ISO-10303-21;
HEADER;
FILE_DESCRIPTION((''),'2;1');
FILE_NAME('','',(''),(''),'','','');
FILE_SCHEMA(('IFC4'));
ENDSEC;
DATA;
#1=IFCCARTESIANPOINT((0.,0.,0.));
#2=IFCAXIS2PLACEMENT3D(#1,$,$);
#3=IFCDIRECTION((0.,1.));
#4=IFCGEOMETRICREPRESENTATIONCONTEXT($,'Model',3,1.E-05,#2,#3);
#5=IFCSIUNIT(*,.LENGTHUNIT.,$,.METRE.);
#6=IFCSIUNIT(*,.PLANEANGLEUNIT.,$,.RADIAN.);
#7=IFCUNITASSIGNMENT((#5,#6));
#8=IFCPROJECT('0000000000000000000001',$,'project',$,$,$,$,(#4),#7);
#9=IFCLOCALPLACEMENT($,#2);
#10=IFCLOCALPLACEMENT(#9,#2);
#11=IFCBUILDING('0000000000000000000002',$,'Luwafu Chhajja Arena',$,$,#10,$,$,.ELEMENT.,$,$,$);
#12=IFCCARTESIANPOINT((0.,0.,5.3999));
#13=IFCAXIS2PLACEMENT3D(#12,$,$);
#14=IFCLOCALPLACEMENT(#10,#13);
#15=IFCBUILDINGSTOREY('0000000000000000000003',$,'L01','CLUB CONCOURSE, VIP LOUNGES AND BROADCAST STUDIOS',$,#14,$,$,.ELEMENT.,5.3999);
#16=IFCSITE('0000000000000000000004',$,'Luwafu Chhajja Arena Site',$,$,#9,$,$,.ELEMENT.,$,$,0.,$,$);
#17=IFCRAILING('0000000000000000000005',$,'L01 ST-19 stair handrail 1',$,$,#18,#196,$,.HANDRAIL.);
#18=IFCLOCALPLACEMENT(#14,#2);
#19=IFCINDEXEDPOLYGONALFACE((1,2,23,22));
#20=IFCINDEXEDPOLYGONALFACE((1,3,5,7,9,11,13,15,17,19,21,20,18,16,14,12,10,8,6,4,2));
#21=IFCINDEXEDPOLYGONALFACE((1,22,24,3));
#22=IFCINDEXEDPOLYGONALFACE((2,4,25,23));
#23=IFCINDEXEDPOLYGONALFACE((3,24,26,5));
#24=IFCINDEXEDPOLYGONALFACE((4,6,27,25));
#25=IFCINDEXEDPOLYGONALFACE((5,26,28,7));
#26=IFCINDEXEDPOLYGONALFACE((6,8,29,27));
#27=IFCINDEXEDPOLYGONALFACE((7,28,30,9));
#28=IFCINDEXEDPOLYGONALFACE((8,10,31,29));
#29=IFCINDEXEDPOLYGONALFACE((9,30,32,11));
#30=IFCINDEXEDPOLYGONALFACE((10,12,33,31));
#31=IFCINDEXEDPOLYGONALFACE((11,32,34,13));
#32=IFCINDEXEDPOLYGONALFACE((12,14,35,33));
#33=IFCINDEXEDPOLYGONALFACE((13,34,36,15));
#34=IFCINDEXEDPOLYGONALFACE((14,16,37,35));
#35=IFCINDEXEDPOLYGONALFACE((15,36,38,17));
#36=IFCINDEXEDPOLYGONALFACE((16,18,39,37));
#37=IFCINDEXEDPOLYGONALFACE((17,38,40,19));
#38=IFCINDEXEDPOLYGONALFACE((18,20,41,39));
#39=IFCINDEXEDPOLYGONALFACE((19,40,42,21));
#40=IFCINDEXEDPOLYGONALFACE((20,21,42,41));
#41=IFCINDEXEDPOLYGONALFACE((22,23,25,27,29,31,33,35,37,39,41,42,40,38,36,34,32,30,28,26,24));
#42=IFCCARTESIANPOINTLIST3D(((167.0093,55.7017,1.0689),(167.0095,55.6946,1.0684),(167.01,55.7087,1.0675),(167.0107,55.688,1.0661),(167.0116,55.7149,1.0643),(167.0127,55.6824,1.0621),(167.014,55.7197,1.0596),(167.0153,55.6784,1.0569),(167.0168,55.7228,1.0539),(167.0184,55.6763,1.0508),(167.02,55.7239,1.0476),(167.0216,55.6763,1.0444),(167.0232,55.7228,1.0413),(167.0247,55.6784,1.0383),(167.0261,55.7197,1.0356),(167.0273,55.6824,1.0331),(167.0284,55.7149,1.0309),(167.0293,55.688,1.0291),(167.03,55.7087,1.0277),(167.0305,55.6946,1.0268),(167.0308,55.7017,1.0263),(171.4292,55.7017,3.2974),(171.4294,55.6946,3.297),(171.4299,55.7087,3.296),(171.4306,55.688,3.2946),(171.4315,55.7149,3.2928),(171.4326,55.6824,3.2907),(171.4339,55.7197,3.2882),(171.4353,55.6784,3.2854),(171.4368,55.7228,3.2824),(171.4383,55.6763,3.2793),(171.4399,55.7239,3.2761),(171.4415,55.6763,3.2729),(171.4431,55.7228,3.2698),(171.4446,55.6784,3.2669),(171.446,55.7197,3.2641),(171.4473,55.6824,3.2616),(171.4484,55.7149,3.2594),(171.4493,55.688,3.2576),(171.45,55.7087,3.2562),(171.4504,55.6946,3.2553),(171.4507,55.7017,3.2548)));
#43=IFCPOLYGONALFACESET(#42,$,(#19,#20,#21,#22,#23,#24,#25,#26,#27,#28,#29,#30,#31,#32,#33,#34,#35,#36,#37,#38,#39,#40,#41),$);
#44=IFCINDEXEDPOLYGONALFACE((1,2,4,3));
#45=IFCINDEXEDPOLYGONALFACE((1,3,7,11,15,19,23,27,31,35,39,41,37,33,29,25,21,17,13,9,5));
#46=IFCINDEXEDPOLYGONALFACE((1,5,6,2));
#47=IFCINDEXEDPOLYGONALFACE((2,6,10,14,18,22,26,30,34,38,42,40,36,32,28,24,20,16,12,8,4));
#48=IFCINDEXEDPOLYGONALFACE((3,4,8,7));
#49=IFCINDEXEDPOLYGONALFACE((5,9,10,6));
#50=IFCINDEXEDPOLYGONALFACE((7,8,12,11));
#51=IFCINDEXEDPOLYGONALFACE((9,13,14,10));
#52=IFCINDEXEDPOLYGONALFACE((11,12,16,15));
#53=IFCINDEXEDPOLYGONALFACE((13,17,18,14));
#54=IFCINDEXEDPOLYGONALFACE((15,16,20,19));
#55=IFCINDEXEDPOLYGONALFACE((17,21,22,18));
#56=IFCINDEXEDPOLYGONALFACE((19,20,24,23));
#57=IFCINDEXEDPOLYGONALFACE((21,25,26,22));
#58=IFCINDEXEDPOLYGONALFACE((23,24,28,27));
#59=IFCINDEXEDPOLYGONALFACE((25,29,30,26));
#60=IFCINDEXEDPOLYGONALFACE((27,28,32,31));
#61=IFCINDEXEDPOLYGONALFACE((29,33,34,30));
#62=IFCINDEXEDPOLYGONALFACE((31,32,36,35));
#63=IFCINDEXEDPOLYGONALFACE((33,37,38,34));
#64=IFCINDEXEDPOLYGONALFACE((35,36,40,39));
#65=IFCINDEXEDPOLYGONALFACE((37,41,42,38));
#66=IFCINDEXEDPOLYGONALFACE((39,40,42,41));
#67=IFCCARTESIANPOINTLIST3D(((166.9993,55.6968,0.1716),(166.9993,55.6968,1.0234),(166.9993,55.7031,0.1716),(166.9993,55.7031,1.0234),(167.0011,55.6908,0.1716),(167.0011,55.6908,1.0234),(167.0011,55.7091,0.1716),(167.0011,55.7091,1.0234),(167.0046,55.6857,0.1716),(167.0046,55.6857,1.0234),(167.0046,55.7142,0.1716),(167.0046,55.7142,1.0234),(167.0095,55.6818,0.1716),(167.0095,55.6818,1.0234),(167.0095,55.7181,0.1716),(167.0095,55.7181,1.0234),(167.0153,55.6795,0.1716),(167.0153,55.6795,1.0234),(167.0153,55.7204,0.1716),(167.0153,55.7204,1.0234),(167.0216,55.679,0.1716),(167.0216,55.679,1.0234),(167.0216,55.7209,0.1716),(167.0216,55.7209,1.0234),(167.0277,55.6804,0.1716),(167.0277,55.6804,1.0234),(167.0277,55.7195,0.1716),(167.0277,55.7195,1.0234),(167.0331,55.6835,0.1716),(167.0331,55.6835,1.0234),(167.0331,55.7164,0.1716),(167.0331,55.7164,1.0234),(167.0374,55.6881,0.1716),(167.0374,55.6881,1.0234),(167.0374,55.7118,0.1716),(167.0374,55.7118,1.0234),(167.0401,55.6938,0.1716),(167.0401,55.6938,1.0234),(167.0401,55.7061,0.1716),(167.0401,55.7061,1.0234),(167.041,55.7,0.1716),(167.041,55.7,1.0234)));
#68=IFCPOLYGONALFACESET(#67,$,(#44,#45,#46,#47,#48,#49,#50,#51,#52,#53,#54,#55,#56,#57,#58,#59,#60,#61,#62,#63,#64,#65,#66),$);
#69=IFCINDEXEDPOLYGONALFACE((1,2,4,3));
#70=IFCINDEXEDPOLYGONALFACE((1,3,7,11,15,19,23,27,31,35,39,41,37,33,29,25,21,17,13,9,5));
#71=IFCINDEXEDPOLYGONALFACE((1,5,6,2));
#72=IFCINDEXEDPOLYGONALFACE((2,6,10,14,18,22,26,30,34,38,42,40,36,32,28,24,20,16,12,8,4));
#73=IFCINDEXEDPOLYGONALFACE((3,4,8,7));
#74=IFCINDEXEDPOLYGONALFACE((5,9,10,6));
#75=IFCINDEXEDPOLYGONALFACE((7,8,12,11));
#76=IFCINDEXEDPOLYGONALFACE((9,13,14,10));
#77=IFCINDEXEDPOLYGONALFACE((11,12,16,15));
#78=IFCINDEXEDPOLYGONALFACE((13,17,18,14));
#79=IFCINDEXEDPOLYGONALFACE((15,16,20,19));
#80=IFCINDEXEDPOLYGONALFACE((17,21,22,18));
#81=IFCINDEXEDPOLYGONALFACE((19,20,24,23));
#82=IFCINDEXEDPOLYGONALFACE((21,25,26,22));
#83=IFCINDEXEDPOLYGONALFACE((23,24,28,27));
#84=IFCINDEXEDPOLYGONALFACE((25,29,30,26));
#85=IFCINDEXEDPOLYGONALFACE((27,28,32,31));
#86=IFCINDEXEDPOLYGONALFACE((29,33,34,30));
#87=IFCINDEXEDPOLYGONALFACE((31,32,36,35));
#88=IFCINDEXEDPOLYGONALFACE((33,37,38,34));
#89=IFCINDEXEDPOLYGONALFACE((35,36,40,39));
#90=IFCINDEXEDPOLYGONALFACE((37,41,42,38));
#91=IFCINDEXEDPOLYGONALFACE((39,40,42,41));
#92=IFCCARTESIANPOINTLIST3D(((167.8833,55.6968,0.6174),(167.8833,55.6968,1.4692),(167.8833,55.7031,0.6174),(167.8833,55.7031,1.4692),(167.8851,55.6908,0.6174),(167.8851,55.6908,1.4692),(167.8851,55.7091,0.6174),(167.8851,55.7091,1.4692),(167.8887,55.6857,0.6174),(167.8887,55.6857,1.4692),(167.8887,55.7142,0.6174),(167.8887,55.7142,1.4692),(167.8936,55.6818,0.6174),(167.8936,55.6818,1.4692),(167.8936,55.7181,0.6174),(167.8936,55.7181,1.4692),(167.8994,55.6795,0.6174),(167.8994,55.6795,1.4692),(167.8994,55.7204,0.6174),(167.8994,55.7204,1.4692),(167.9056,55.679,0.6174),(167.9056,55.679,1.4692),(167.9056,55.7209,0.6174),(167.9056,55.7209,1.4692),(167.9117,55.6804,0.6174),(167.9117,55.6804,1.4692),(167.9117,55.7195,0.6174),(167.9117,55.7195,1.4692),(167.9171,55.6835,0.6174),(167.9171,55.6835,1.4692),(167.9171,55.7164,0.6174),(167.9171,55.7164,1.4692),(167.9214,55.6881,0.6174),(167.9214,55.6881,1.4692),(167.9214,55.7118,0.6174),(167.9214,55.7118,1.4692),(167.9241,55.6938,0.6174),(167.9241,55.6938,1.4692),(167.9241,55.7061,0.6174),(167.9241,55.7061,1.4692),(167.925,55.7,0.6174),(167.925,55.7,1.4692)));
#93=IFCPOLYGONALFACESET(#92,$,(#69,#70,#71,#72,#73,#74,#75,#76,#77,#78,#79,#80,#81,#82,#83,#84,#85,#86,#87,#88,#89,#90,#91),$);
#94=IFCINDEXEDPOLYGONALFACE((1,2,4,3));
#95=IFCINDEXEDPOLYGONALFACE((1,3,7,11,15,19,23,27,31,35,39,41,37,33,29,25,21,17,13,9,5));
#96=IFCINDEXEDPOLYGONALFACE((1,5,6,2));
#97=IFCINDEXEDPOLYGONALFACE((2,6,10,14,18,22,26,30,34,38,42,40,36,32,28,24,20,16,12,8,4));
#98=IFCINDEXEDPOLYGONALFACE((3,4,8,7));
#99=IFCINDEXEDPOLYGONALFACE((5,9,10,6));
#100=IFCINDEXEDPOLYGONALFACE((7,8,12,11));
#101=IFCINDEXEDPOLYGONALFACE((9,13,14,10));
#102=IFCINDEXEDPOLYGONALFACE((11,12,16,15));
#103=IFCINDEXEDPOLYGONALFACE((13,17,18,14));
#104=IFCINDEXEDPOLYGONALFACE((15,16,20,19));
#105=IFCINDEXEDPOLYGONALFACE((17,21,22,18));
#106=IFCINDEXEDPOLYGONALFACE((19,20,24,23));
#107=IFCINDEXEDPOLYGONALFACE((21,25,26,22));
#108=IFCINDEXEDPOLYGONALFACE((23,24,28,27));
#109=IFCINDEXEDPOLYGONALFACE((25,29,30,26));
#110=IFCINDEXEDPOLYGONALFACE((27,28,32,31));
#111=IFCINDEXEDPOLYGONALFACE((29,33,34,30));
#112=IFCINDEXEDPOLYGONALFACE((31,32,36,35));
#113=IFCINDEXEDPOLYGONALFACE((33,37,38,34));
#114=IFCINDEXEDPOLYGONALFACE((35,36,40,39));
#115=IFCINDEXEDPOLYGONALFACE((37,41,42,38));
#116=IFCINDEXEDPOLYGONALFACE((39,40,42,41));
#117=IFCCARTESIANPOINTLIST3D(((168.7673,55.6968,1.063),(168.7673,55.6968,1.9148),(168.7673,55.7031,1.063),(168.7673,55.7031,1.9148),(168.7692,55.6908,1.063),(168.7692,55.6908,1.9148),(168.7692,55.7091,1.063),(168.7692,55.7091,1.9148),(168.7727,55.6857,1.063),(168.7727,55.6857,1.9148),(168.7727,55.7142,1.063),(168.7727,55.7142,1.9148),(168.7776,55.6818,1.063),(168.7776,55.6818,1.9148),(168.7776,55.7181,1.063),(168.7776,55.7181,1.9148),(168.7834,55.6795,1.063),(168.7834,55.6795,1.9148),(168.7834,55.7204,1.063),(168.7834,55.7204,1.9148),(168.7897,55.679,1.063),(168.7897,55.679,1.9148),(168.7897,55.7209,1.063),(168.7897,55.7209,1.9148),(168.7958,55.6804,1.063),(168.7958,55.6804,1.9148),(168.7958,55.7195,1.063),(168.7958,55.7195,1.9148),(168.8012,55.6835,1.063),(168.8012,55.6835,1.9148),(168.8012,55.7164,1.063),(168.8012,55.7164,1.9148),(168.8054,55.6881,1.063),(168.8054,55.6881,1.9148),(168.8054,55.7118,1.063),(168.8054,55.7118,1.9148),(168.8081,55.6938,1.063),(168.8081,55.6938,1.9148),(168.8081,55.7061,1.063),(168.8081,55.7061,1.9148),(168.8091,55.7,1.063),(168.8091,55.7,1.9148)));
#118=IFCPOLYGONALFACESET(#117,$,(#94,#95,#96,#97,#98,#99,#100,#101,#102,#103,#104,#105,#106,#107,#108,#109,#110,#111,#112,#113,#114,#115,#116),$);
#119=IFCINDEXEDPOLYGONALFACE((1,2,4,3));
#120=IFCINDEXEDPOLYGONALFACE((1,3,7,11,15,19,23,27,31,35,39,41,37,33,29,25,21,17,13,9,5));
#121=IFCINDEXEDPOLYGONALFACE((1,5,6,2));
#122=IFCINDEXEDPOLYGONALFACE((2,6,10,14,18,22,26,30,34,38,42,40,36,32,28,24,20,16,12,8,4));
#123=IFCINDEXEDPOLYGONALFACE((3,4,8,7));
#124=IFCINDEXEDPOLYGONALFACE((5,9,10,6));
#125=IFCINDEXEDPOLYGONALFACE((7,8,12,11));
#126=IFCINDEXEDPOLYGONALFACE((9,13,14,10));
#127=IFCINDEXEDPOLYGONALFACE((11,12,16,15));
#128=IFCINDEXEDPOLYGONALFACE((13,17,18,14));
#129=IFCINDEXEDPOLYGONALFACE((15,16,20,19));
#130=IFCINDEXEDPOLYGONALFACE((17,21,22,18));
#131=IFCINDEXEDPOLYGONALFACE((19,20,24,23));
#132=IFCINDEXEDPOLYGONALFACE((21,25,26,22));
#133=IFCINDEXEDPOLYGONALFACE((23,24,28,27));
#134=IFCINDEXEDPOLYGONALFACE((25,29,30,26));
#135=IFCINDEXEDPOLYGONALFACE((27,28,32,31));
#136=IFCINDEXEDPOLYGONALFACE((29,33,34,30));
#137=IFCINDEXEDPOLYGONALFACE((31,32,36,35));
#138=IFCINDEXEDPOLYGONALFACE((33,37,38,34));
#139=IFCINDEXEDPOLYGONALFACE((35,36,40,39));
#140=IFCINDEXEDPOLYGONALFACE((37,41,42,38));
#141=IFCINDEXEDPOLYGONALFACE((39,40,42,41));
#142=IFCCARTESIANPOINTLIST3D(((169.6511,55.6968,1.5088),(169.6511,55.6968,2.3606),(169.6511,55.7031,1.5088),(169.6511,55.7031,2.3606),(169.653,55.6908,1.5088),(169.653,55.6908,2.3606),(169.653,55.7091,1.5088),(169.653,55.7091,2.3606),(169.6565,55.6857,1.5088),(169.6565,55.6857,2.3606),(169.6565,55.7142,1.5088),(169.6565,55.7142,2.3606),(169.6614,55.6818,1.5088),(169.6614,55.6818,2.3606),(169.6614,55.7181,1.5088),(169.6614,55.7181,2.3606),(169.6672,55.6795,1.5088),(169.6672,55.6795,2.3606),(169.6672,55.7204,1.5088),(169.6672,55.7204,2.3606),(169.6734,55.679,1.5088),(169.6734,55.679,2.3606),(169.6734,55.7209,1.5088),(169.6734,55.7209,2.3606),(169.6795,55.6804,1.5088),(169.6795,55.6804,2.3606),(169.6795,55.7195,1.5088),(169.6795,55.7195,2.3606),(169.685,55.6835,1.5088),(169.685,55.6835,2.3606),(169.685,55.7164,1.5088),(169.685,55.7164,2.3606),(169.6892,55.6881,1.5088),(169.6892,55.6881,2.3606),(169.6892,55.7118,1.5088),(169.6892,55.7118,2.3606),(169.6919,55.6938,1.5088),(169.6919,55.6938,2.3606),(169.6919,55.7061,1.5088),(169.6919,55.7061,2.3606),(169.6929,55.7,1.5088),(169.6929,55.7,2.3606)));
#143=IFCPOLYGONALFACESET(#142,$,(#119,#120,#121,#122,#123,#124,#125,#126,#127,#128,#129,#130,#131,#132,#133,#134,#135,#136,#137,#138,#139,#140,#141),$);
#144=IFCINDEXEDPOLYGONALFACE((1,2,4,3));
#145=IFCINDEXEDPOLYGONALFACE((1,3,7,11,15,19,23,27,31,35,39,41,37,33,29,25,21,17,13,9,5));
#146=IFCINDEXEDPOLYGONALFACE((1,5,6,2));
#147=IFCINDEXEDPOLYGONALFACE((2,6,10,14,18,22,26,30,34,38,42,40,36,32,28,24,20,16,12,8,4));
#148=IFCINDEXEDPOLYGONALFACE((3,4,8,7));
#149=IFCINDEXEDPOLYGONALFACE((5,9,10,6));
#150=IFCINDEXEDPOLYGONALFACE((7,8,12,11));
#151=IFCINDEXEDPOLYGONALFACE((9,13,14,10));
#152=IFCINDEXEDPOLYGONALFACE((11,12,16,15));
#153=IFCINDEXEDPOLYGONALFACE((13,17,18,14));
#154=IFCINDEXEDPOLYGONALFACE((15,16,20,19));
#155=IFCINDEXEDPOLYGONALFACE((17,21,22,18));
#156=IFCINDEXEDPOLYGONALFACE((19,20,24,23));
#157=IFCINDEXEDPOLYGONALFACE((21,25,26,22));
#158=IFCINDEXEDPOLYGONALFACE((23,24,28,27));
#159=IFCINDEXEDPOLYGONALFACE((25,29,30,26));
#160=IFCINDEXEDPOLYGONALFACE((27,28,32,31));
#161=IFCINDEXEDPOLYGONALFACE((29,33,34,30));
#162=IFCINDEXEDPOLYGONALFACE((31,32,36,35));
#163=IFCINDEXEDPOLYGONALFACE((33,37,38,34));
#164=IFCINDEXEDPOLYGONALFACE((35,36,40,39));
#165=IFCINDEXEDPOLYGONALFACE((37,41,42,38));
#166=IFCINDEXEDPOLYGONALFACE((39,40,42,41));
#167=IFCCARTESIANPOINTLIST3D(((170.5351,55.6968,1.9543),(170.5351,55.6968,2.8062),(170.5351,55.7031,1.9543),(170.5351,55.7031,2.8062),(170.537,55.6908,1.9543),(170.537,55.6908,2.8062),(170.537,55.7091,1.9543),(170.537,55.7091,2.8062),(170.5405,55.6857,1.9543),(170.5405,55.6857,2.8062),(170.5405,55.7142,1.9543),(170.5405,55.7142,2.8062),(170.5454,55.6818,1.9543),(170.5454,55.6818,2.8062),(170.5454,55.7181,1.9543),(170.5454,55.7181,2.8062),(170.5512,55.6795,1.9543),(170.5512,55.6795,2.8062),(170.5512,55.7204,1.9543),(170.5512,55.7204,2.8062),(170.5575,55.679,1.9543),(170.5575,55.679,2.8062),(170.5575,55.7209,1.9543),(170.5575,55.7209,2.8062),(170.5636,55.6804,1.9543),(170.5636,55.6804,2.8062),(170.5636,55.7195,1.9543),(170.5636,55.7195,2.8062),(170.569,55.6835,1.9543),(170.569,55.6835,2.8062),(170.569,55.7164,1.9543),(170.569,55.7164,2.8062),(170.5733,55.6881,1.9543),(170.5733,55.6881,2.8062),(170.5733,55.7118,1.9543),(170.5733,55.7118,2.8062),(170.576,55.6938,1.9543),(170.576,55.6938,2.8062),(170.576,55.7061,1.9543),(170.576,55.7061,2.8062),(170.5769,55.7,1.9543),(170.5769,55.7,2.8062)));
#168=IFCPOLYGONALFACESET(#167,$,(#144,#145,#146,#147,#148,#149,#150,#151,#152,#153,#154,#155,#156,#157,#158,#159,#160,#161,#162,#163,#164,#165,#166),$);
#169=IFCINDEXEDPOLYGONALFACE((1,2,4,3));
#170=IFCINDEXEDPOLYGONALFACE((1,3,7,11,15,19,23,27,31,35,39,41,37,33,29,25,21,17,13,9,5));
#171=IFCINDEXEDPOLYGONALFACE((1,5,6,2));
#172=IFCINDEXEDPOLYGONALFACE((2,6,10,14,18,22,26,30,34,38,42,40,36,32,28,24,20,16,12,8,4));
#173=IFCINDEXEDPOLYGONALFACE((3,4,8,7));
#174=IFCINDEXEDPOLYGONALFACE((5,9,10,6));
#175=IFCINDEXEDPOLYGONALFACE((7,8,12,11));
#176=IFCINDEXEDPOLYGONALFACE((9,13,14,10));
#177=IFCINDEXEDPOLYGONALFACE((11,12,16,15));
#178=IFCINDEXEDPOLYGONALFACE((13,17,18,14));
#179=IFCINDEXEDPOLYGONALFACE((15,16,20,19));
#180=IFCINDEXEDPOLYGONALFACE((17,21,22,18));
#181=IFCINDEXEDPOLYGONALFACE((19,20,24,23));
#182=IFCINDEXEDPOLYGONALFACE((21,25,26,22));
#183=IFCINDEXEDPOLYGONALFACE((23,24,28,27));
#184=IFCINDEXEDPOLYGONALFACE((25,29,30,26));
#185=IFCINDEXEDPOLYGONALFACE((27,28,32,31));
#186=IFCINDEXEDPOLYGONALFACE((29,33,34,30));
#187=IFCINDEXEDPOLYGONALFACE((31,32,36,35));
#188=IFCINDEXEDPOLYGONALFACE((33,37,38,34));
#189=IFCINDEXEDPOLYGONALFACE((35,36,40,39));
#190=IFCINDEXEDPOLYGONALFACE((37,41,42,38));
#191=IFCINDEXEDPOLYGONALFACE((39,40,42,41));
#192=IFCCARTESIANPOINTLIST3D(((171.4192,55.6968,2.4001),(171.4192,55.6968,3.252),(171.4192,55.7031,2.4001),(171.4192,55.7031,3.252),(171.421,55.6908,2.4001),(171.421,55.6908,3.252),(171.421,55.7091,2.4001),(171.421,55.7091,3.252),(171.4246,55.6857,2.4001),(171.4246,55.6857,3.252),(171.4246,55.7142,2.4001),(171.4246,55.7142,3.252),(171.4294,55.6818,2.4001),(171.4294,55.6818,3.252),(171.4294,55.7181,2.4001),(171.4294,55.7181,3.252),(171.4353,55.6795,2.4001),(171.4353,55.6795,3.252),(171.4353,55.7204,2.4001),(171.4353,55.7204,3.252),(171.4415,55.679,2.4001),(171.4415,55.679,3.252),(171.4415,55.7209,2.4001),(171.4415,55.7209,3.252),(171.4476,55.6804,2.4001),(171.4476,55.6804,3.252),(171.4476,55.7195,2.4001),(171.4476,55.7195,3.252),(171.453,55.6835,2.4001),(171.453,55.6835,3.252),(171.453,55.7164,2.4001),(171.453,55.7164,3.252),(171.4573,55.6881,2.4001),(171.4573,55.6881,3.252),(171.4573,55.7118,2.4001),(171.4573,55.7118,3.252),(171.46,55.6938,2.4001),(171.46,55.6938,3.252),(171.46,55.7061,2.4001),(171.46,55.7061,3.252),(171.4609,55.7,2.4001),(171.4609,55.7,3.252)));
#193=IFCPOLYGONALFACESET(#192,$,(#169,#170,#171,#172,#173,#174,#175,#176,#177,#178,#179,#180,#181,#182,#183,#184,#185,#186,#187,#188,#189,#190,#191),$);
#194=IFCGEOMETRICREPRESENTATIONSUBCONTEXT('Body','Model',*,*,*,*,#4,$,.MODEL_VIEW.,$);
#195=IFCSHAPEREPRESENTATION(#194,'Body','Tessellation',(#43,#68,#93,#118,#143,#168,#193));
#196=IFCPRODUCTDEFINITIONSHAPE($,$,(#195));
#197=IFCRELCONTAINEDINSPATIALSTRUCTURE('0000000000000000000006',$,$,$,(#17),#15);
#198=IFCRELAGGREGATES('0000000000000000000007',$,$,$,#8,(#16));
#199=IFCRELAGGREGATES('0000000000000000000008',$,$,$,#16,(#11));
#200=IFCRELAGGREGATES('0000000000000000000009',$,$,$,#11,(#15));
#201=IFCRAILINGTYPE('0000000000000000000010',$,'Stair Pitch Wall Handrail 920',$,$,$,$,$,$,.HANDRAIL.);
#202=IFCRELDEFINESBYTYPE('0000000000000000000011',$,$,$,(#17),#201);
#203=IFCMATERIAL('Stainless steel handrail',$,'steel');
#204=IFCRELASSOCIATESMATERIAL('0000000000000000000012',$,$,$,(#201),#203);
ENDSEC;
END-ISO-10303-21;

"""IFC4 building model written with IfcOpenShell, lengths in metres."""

from ifc_helpers import new_model, si_unit, direction, frame, origin, origin_2d, place, context, subcontext, project, spatial, circle, extrude, material, type_object, element, save


model = new_model("IFC4")

# Units and contexts
model_context = context("Model", 3, precision=1e-05, world=origin(), true_north=direction((0.0, 1.0)))
body_context = subcontext(model_context, "Body", "Model", "MODEL_VIEW")
ifc_project = project(units=[si_unit("LENGTHUNIT", "METRE"), si_unit("PLANEANGLEUNIT", "RADIAN")], contexts=[model_context])

# Site, building, storey
site_placement = place(None, origin())
site = spatial("IfcSite", under=ifc_project, at=site_placement, Name="Luwafu Chhajja Arena Site", CompositionType="ELEMENT", RefElevation=0.0)
building_placement = place(site_placement, origin())
building = spatial("IfcBuilding", under=site, at=building_placement, Name="Luwafu Chhajja Arena", CompositionType="ELEMENT")
storey_placement = place(building_placement, frame((0.0, 0.0, 5.3999)))
storey = spatial("IfcBuildingStorey", under=building, at=storey_placement, Name="L01", Description="CLUB CONCOURSE, VIP LOUNGES AND BROADCAST STUDIOS", CompositionType="ELEMENT", Elevation=5.3999)

# Railing
ifc_material_1 = material(Name="Stainless steel handrail", Category="steel")
railing_type_1 = type_object("IfcRailingType", Name="Stair Pitch Wall Handrail 920", PredefinedType="HANDRAIL", material=ifc_material_1)
railing_1_placement = place(storey_placement, frame((167.02, 55.7, 0.1716)))
element("IfcRailing", 1, at=railing_1_placement, inside=storey, type_object=railing_type_1, Name="L01 ST-19 stair handrail 1", PredefinedType="HANDRAIL", context=body_context, shape_type="SweptSolid", body=[
    extrude(circle(Radius=0.0239, at=origin_2d()), frame((0.0, 0.0, 0.876), z_axis=(0.892923, 0.0, 0.45021), x_axis=(0.0, 1.0, 0.0)), (0.0, 0.0, 1.0), 4.95),
    extrude(circle(Radius=0.021, at=origin_2d()), origin(), (0.0, 0.0, 1.0), 0.8518),
    extrude(circle(Radius=0.021, at=origin_2d()), frame((0.884, 0.0, 0.4458)), (0.0, 0.0, 1.0), 0.8518),
    extrude(circle(Radius=0.021, at=origin_2d()), frame((1.7681, 0.0, 0.8914)), (0.0, 0.0, 1.0), 0.8518),
    extrude(circle(Radius=0.021, at=origin_2d()), frame((2.6519, 0.0, 1.3372)), (0.0, 0.0, 1.0), 0.8518),
    extrude(circle(Radius=0.021, at=origin_2d()), frame((3.5359, 0.0, 1.7827)), (0.0, 0.0, 1.0), 0.8518),
    extrude(circle(Radius=0.021, at=origin_2d()), frame((4.4199, 0.0, 2.2285)), (0.0, 0.0, 1.0), 0.8518),
])

save(model, "model.ifc")
